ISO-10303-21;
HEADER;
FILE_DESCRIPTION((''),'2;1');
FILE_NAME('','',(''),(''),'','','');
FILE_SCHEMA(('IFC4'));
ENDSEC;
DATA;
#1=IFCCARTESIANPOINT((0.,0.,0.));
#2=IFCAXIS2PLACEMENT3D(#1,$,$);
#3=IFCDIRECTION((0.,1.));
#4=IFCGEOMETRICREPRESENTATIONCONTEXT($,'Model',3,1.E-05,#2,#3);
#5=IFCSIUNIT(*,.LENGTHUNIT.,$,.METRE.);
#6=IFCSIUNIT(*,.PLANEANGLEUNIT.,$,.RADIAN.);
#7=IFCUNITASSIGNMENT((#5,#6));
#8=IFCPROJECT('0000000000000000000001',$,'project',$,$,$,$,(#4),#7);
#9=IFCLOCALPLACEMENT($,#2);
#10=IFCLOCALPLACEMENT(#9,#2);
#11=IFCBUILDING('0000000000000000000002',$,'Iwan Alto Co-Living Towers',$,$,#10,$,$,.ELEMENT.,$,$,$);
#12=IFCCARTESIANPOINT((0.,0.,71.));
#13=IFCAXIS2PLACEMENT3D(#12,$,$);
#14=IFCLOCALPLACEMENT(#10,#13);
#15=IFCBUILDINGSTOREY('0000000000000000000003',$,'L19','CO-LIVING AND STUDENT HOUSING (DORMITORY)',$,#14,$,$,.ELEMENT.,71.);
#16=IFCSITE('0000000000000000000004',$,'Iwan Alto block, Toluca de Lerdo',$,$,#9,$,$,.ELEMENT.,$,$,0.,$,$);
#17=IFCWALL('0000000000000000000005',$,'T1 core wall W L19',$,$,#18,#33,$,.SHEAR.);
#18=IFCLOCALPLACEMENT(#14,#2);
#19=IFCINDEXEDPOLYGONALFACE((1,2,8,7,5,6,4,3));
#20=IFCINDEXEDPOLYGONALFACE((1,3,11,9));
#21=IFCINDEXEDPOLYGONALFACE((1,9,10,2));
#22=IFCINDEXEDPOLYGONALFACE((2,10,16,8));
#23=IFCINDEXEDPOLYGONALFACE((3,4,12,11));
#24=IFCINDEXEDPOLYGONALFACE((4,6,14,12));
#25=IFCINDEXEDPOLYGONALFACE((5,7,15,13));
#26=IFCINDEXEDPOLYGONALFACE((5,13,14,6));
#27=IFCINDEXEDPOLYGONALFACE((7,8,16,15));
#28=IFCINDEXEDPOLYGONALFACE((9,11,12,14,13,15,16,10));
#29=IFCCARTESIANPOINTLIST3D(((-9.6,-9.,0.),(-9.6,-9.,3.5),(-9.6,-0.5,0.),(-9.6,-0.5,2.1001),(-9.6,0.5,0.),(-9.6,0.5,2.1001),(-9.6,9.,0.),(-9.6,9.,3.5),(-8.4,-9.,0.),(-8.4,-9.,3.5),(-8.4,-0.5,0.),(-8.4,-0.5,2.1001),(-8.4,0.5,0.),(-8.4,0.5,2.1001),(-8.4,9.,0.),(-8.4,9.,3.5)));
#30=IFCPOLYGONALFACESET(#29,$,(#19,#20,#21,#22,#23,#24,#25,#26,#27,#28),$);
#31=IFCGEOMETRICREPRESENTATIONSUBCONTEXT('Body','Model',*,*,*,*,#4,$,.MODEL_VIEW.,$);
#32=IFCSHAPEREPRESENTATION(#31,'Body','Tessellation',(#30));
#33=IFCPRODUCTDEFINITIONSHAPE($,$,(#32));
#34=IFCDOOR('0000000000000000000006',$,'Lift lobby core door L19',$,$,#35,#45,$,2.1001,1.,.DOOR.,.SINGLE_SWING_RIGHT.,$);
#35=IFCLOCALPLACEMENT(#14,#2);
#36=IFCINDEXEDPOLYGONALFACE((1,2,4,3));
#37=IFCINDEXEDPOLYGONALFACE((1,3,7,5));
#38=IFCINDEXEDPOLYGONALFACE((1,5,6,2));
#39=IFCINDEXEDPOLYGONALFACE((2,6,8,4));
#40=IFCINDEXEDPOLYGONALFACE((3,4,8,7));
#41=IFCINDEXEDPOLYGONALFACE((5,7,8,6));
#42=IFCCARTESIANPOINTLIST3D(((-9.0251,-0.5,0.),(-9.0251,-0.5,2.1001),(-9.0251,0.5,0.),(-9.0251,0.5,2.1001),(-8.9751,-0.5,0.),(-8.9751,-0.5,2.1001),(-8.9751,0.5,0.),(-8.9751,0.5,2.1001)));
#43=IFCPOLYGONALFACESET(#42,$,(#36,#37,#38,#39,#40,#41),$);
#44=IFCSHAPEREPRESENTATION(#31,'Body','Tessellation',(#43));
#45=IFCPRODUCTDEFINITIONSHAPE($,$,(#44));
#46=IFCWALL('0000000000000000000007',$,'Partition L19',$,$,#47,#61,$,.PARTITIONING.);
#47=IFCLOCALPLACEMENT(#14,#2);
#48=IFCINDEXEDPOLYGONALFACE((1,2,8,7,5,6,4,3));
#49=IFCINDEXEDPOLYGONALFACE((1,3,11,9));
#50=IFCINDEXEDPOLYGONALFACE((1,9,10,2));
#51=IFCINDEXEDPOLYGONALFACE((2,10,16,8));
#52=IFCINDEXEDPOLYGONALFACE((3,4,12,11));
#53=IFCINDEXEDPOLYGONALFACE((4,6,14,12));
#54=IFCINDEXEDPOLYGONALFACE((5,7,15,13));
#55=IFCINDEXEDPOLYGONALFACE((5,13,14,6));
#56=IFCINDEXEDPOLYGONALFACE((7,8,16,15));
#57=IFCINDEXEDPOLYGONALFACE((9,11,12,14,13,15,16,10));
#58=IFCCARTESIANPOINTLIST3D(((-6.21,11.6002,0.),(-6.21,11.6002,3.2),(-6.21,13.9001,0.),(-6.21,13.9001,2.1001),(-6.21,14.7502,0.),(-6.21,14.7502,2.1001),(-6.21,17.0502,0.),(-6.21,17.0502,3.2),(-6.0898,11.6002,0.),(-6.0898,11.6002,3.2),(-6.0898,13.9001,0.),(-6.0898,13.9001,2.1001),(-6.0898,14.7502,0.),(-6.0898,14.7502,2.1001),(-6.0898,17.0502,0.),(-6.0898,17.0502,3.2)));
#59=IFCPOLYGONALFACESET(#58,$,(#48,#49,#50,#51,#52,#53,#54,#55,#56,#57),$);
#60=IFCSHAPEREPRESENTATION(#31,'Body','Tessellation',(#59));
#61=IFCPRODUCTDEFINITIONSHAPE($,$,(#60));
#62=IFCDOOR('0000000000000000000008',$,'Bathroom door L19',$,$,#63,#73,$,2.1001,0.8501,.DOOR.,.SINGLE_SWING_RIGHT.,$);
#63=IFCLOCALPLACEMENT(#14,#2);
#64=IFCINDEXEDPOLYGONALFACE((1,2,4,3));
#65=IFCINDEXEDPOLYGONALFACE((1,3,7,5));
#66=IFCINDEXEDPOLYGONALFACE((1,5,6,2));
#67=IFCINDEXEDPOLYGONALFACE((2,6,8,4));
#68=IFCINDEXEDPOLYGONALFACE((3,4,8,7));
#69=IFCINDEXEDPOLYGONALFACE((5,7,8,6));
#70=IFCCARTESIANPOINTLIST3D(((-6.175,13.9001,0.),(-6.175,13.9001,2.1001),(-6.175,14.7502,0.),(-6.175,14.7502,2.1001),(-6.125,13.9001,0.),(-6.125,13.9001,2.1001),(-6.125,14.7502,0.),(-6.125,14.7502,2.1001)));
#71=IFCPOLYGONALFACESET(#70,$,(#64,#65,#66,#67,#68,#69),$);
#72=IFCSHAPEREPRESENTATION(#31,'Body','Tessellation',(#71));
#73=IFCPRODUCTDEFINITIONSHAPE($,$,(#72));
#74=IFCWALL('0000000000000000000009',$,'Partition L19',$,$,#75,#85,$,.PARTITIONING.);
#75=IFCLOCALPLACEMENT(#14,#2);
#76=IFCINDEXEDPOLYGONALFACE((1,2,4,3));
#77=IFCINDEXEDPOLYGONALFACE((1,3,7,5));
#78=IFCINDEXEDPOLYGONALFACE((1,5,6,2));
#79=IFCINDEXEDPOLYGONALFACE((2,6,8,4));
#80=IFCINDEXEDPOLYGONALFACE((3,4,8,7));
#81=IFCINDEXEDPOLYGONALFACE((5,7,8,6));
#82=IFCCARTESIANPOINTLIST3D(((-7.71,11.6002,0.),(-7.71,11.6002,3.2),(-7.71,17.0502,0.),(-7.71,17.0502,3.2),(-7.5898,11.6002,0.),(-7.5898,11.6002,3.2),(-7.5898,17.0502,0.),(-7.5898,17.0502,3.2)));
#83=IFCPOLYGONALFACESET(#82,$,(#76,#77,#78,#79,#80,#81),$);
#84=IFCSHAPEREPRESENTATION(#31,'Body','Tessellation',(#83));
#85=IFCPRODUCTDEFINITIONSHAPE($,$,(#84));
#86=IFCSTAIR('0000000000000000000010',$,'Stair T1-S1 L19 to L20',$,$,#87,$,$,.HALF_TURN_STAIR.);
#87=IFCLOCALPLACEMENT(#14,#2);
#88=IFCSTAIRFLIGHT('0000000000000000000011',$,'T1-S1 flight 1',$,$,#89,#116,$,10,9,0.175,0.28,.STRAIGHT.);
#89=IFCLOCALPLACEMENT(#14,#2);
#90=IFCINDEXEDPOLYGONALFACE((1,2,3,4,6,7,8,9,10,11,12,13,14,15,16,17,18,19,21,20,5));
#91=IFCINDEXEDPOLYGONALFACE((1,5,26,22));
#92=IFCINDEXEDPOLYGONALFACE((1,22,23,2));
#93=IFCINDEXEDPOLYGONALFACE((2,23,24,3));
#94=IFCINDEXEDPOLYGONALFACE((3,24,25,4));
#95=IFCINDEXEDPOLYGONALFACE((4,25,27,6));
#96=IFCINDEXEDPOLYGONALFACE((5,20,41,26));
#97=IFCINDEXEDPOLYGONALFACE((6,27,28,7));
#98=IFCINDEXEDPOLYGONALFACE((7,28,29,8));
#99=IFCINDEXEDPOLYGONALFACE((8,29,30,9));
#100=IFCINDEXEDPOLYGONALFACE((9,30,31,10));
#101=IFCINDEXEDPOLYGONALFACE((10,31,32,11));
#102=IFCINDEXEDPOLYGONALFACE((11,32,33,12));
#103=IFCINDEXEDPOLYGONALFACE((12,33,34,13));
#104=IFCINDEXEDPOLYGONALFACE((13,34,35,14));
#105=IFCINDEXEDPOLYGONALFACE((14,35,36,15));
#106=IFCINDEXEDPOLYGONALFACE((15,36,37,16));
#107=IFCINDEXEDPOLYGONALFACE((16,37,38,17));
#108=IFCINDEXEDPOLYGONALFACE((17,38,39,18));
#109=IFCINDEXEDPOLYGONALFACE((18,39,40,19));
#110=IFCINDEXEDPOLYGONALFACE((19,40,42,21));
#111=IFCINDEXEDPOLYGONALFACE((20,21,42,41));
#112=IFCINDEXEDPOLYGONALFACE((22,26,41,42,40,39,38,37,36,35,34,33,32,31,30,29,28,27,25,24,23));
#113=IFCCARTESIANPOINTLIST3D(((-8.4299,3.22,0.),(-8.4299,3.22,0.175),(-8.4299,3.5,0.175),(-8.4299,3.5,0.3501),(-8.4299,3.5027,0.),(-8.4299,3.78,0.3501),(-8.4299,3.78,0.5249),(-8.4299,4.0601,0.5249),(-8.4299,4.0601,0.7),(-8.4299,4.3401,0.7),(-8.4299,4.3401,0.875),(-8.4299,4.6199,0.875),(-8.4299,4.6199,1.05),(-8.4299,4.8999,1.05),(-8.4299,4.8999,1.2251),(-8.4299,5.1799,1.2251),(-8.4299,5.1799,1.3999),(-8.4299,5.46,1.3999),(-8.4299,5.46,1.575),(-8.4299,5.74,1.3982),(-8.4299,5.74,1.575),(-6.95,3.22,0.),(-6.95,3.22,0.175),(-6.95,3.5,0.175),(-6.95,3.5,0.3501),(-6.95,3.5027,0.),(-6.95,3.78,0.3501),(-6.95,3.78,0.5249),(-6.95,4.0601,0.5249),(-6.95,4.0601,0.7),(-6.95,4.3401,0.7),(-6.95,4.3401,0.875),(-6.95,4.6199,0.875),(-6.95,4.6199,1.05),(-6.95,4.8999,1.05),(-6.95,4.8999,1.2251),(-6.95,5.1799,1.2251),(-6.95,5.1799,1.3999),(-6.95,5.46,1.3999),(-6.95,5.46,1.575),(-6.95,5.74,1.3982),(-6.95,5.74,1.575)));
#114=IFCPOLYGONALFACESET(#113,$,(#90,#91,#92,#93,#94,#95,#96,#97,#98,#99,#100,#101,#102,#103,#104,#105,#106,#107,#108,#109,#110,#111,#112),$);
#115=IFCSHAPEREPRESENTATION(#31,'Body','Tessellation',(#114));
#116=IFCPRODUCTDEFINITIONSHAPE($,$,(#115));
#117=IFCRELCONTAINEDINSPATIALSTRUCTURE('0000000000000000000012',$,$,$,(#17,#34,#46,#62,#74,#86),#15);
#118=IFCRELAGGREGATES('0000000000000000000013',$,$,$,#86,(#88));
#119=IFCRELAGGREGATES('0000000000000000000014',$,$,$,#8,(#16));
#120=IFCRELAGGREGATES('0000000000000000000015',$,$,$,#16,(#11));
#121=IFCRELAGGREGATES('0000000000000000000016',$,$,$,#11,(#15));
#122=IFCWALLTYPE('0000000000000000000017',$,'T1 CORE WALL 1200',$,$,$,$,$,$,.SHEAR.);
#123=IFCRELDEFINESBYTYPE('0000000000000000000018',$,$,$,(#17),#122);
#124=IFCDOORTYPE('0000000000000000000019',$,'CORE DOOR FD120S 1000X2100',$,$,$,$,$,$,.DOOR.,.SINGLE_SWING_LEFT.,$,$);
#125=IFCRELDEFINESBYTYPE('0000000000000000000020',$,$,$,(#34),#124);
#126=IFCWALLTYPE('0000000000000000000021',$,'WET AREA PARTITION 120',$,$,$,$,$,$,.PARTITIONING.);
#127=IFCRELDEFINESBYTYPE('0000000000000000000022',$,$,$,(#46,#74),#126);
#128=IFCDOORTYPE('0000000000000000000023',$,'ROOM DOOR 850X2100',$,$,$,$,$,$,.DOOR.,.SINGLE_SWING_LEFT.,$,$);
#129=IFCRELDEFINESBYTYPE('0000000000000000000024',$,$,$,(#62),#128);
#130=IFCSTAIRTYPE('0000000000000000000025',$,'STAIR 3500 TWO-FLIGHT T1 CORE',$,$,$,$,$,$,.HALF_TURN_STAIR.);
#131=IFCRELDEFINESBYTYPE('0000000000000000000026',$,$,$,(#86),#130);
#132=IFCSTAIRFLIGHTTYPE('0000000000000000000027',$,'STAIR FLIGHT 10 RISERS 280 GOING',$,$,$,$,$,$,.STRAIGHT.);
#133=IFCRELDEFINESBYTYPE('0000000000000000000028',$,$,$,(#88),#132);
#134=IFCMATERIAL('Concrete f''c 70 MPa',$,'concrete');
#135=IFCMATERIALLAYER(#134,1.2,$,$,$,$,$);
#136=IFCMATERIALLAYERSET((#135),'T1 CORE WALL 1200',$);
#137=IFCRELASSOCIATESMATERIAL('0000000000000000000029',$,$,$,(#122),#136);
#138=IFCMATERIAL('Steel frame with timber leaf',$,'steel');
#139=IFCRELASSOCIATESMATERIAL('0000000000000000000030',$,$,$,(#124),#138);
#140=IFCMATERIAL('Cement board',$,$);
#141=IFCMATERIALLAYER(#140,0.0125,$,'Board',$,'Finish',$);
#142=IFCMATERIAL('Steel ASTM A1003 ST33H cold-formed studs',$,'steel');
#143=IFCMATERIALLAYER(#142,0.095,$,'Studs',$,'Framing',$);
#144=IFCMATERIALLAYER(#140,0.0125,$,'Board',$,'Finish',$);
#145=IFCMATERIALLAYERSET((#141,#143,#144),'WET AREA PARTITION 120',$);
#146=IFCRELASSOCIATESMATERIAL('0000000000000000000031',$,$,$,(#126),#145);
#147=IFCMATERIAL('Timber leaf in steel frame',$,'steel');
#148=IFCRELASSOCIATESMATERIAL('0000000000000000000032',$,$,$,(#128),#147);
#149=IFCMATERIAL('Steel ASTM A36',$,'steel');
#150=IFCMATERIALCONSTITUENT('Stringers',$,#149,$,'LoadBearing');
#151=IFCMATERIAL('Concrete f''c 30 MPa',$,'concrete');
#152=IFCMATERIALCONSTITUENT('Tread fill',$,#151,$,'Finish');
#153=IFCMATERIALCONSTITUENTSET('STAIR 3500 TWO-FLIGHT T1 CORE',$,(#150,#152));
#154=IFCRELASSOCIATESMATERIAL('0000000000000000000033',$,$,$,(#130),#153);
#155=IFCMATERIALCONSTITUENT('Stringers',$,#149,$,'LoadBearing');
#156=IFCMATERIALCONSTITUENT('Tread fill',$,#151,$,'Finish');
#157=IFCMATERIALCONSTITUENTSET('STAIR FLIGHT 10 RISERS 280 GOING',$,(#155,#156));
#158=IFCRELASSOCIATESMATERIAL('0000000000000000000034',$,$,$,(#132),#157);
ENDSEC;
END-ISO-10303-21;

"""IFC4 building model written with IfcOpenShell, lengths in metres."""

from ifc_helpers import new_model, si_unit, direction, frame, frame_2d, origin, place, context, subcontext, project, spatial, polyline, rectangle, outline, extrude, material, layer, layer_set, constituent, constituent_set, type_object, element, fill, aggregate, save


model = new_model("IFC4")

# Units and contexts
model_context = context("Model", 3, precision=1e-05, world=origin(), true_north=direction((0.0, 1.0)))
body_context = subcontext(model_context, "Body", "Model", "MODEL_VIEW")
ifc_project = project(units=[si_unit("LENGTHUNIT", "METRE"), si_unit("PLANEANGLEUNIT", "RADIAN")], contexts=[model_context])

# Site, building, storey
site_placement = place(None, origin())
site = spatial("IfcSite", under=ifc_project, at=site_placement, Name="Iwan Alto block, Toluca de Lerdo", CompositionType="ELEMENT", RefElevation=0.0)
building_placement = place(site_placement, origin())
building = spatial("IfcBuilding", under=site, at=building_placement, Name="Iwan Alto Co-Living Towers", CompositionType="ELEMENT")
storey_placement = place(building_placement, frame((0.0, 0.0, 71.0)))
storey = spatial("IfcBuildingStorey", under=building, at=storey_placement, Name="L19", Description="CO-LIVING AND STUDENT HOUSING (DORMITORY)", CompositionType="ELEMENT", Elevation=71.0)

# Walls, openings, doors
ifc_material_1 = material(Name="Concrete f'c 70 MPa", Category="concrete")
ifc_layer_1 = layer(ifc_material_1, 1.2)
ifc_layer_set_1 = layer_set([ifc_layer_1], Name="T1 CORE WALL 1200")
wall_type_1 = type_object("IfcWallType", Name="T1 CORE WALL 1200", PredefinedType="SHEAR", material=ifc_layer_set_1)
wall_1_placement = place(storey_placement, frame((-9.0, 9.0, 0.0), z_axis=(0.0, 0.0, 1.0), x_axis=(0.0, -1.0, 0.0)))
wall_1 = element("IfcWall", 1, at=wall_1_placement, inside=storey, type_object=wall_type_1, Name="T1 core wall W L19", PredefinedType="SHEAR", context=body_context, shape_type="SweptSolid", body=[
    extrude(rectangle(XDim=18.0, YDim=1.2, at=frame_2d((9.0, 0.0))), origin(), (0.0, 0.0, 1.0), 3.5),
])
opening_1_placement = place(wall_1_placement, frame((8.5, 0.0, 0.0)))
opening_1 = element("IfcOpeningElement", 2, at=opening_1_placement, cuts=wall_1, PredefinedType="OPENING", context=body_context, shape_type="SweptSolid", body=[
    extrude(rectangle(XDim=1.0, YDim=2.1001, at=frame_2d((0.5, 1.05))), frame((0.0, 0.6099, 0.0), z_axis=(0.0, -1.0, 0.0), x_axis=(1.0, 0.0, 0.0)), (0.0, 0.0, 1.0), 1.22),
])
ifc_material_2 = material(Name="Steel frame with timber leaf", Category="steel")
door_type_1 = type_object("IfcDoorType", Name="CORE DOOR FD120S 1000X2100", OperationType="SINGLE_SWING_LEFT", PredefinedType="DOOR", material=ifc_material_2)
door_1_placement = place(opening_1_placement, origin())
door_1 = element("IfcDoor", 3, at=door_1_placement, inside=storey, type_object=door_type_1, Name="Lift lobby core door L19", OperationType="SINGLE_SWING_RIGHT", OverallHeight=2.1001, OverallWidth=1.0, PredefinedType="DOOR", context=body_context, shape_type="SweptSolid", body=[
    extrude(rectangle(XDim=1.0, YDim=2.1001, at=frame_2d((0.5, 1.05))), frame((0.0, 0.0249, 0.0), z_axis=(0.0, -1.0, 0.0), x_axis=(1.0, 0.0, 0.0)), (0.0, 0.0, 1.0), 0.05),
])
fill(opening_1, door_1)
ifc_material_3 = material(Name="Cement board")
ifc_layer_2 = layer(ifc_material_3, 0.0125, Name="Board", Category="Finish")
ifc_material_4 = material(Name="Steel ASTM A1003 ST33H cold-formed studs", Category="steel")
ifc_layer_3 = layer(ifc_material_4, 0.095, Name="Studs", Category="Framing")
ifc_layer_4 = layer(ifc_material_3, 0.0125, Name="Board", Category="Finish")
ifc_layer_set_2 = layer_set([ifc_layer_2, ifc_layer_3, ifc_layer_4], Name="WET AREA PARTITION 120")
wall_type_2 = type_object("IfcWallType", Name="WET AREA PARTITION 120", PredefinedType="PARTITIONING", material=ifc_layer_set_2)
wall_2_placement = place(storey_placement, frame((-6.1499, 11.6001, 0.0), z_axis=(0.0, 0.0, 1.0), x_axis=(0.0, 1.0, 0.0)))
wall_2 = element("IfcWall", 4, at=wall_2_placement, inside=storey, type_object=wall_type_2, Name="Partition L19", PredefinedType="PARTITIONING", context=body_context, shape_type="SweptSolid", body=[
    extrude(rectangle(XDim=5.45, YDim=0.1201, at=frame_2d((2.7251, 0.0))), origin(), (0.0, 0.0, 1.0), 3.2),
])
opening_2_placement = place(wall_2_placement, frame((2.3, 0.0, 0.0)))
opening_2 = element("IfcOpeningElement", 5, at=opening_2_placement, cuts=wall_2, PredefinedType="OPENING", context=body_context, shape_type="SweptSolid", body=[
    extrude(rectangle(XDim=0.8501, YDim=2.1001, at=frame_2d((0.425, 1.05))), frame((0.0, 0.0701, 0.0), z_axis=(0.0, -1.0, 0.0), x_axis=(1.0, 0.0, 0.0)), (0.0, 0.0, 1.0), 0.1401),
])
ifc_material_5 = material(Name="Timber leaf in steel frame", Category="steel")
door_type_2 = type_object("IfcDoorType", Name="ROOM DOOR 850X2100", OperationType="SINGLE_SWING_LEFT", PredefinedType="DOOR", material=ifc_material_5)
door_2_placement = place(opening_2_placement, frame((0.8501, 0.0, 0.0), z_axis=(0.0, 0.0, 1.0), x_axis=(-1.0, 0.0, 0.0)))
door_2 = element("IfcDoor", 6, at=door_2_placement, inside=storey, type_object=door_type_2, Name="Bathroom door L19", OperationType="SINGLE_SWING_RIGHT", OverallHeight=2.1001, OverallWidth=0.8501, PredefinedType="DOOR", context=body_context, shape_type="SweptSolid", body=[
    extrude(rectangle(XDim=0.8501, YDim=2.1001, at=frame_2d((0.425, 1.05))), frame((0.0, 0.0249, 0.0), z_axis=(0.0, -1.0, 0.0), x_axis=(1.0, 0.0, 0.0)), (0.0, 0.0, 1.0), 0.05),
])
fill(opening_2, door_2)

# Wall
wall_3_placement = place(storey_placement, frame((-7.6499, 11.6001, 0.0), z_axis=(0.0, 0.0, 1.0), x_axis=(0.0, 1.0, 0.0)))
element("IfcWall", 7, at=wall_3_placement, inside=storey, type_object=wall_type_2, Name="Partition L19", PredefinedType="PARTITIONING", context=body_context, shape_type="SweptSolid", body=[
    extrude(rectangle(XDim=5.45, YDim=0.1201, at=frame_2d((2.7251, 0.0))), origin(), (0.0, 0.0, 1.0), 3.2),
])

# Stair, stair flight
ifc_material_6 = material(Name="Steel ASTM A36", Category="steel")
ifc_constituent_1 = constituent(ifc_material_6, Name="Stringers", Category="LoadBearing")
ifc_material_7 = material(Name="Concrete f'c 30 MPa", Category="concrete")
ifc_constituent_2 = constituent(ifc_material_7, Name="Tread fill", Category="Finish")
ifc_constituent_set_1 = constituent_set(constituents=[ifc_constituent_1, ifc_constituent_2], Name="STAIR 3500 TWO-FLIGHT T1 CORE")
stair_type = type_object("IfcStairType", Name="STAIR 3500 TWO-FLIGHT T1 CORE", PredefinedType="HALF_TURN_STAIR", material=ifc_constituent_set_1)
stair_placement = place(storey_placement, origin())
stair = element("IfcStair", 8, at=stair_placement, inside=storey, type_object=stair_type, Name="Stair T1-S1 L19 to L20", PredefinedType="HALF_TURN_STAIR")
ifc_constituent_3 = constituent(ifc_material_6, Name="Stringers", Category="LoadBearing")
ifc_constituent_4 = constituent(ifc_material_7, Name="Tread fill", Category="Finish")
ifc_constituent_set_2 = constituent_set(constituents=[ifc_constituent_3, ifc_constituent_4], Name="STAIR FLIGHT 10 RISERS 280 GOING")
stair_flight_type = type_object("IfcStairFlightType", Name="STAIR FLIGHT 10 RISERS 280 GOING", PredefinedType="STRAIGHT", material=ifc_constituent_set_2)
stair_flight_placement = place(storey_placement, frame((-7.6899, 3.22, 0.0), z_axis=(0.0, 0.0, 1.0), x_axis=(0.0, 1.0, 0.0)))
stair_flight = element("IfcStairFlight", 9, at=stair_flight_placement, type_object=stair_flight_type, Name="T1-S1 flight 1", NumberOfRisers=10, NumberOfTreads=9, PredefinedType="STRAIGHT", RiserHeight=0.175, TreadLength=0.28, context=body_context, shape_type="SweptSolid", body=[
    extrude(outline(polyline([(0.0, 0.0), (0.0, 0.175), (0.28, 0.175), (0.28, 0.3501), (0.5601, 0.3501), (0.5601, 0.5249), (0.8401, 0.5249), (0.8401, 0.7), (1.1201, 0.7), (1.1201, 0.875), (1.3999, 0.875), (1.3999, 1.05), (1.6799, 1.05), (1.6799, 1.2251), (1.96, 1.2251), (1.96, 1.3999), (2.24, 1.3999), (2.24, 1.575), (2.52, 1.575), (2.52, 1.75), (2.52, 1.3982), (0.2827, 0.0), (0.0, 0.0)])), frame((0.0, 0.74, 0.0), z_axis=(0.0, -1.0, 0.0), x_axis=(1.0, 0.0, 0.0)), (0.0, 0.0, 1.0), 1.48),
])
aggregate(stair, [stair_flight])

save(model, "model.ifc")
